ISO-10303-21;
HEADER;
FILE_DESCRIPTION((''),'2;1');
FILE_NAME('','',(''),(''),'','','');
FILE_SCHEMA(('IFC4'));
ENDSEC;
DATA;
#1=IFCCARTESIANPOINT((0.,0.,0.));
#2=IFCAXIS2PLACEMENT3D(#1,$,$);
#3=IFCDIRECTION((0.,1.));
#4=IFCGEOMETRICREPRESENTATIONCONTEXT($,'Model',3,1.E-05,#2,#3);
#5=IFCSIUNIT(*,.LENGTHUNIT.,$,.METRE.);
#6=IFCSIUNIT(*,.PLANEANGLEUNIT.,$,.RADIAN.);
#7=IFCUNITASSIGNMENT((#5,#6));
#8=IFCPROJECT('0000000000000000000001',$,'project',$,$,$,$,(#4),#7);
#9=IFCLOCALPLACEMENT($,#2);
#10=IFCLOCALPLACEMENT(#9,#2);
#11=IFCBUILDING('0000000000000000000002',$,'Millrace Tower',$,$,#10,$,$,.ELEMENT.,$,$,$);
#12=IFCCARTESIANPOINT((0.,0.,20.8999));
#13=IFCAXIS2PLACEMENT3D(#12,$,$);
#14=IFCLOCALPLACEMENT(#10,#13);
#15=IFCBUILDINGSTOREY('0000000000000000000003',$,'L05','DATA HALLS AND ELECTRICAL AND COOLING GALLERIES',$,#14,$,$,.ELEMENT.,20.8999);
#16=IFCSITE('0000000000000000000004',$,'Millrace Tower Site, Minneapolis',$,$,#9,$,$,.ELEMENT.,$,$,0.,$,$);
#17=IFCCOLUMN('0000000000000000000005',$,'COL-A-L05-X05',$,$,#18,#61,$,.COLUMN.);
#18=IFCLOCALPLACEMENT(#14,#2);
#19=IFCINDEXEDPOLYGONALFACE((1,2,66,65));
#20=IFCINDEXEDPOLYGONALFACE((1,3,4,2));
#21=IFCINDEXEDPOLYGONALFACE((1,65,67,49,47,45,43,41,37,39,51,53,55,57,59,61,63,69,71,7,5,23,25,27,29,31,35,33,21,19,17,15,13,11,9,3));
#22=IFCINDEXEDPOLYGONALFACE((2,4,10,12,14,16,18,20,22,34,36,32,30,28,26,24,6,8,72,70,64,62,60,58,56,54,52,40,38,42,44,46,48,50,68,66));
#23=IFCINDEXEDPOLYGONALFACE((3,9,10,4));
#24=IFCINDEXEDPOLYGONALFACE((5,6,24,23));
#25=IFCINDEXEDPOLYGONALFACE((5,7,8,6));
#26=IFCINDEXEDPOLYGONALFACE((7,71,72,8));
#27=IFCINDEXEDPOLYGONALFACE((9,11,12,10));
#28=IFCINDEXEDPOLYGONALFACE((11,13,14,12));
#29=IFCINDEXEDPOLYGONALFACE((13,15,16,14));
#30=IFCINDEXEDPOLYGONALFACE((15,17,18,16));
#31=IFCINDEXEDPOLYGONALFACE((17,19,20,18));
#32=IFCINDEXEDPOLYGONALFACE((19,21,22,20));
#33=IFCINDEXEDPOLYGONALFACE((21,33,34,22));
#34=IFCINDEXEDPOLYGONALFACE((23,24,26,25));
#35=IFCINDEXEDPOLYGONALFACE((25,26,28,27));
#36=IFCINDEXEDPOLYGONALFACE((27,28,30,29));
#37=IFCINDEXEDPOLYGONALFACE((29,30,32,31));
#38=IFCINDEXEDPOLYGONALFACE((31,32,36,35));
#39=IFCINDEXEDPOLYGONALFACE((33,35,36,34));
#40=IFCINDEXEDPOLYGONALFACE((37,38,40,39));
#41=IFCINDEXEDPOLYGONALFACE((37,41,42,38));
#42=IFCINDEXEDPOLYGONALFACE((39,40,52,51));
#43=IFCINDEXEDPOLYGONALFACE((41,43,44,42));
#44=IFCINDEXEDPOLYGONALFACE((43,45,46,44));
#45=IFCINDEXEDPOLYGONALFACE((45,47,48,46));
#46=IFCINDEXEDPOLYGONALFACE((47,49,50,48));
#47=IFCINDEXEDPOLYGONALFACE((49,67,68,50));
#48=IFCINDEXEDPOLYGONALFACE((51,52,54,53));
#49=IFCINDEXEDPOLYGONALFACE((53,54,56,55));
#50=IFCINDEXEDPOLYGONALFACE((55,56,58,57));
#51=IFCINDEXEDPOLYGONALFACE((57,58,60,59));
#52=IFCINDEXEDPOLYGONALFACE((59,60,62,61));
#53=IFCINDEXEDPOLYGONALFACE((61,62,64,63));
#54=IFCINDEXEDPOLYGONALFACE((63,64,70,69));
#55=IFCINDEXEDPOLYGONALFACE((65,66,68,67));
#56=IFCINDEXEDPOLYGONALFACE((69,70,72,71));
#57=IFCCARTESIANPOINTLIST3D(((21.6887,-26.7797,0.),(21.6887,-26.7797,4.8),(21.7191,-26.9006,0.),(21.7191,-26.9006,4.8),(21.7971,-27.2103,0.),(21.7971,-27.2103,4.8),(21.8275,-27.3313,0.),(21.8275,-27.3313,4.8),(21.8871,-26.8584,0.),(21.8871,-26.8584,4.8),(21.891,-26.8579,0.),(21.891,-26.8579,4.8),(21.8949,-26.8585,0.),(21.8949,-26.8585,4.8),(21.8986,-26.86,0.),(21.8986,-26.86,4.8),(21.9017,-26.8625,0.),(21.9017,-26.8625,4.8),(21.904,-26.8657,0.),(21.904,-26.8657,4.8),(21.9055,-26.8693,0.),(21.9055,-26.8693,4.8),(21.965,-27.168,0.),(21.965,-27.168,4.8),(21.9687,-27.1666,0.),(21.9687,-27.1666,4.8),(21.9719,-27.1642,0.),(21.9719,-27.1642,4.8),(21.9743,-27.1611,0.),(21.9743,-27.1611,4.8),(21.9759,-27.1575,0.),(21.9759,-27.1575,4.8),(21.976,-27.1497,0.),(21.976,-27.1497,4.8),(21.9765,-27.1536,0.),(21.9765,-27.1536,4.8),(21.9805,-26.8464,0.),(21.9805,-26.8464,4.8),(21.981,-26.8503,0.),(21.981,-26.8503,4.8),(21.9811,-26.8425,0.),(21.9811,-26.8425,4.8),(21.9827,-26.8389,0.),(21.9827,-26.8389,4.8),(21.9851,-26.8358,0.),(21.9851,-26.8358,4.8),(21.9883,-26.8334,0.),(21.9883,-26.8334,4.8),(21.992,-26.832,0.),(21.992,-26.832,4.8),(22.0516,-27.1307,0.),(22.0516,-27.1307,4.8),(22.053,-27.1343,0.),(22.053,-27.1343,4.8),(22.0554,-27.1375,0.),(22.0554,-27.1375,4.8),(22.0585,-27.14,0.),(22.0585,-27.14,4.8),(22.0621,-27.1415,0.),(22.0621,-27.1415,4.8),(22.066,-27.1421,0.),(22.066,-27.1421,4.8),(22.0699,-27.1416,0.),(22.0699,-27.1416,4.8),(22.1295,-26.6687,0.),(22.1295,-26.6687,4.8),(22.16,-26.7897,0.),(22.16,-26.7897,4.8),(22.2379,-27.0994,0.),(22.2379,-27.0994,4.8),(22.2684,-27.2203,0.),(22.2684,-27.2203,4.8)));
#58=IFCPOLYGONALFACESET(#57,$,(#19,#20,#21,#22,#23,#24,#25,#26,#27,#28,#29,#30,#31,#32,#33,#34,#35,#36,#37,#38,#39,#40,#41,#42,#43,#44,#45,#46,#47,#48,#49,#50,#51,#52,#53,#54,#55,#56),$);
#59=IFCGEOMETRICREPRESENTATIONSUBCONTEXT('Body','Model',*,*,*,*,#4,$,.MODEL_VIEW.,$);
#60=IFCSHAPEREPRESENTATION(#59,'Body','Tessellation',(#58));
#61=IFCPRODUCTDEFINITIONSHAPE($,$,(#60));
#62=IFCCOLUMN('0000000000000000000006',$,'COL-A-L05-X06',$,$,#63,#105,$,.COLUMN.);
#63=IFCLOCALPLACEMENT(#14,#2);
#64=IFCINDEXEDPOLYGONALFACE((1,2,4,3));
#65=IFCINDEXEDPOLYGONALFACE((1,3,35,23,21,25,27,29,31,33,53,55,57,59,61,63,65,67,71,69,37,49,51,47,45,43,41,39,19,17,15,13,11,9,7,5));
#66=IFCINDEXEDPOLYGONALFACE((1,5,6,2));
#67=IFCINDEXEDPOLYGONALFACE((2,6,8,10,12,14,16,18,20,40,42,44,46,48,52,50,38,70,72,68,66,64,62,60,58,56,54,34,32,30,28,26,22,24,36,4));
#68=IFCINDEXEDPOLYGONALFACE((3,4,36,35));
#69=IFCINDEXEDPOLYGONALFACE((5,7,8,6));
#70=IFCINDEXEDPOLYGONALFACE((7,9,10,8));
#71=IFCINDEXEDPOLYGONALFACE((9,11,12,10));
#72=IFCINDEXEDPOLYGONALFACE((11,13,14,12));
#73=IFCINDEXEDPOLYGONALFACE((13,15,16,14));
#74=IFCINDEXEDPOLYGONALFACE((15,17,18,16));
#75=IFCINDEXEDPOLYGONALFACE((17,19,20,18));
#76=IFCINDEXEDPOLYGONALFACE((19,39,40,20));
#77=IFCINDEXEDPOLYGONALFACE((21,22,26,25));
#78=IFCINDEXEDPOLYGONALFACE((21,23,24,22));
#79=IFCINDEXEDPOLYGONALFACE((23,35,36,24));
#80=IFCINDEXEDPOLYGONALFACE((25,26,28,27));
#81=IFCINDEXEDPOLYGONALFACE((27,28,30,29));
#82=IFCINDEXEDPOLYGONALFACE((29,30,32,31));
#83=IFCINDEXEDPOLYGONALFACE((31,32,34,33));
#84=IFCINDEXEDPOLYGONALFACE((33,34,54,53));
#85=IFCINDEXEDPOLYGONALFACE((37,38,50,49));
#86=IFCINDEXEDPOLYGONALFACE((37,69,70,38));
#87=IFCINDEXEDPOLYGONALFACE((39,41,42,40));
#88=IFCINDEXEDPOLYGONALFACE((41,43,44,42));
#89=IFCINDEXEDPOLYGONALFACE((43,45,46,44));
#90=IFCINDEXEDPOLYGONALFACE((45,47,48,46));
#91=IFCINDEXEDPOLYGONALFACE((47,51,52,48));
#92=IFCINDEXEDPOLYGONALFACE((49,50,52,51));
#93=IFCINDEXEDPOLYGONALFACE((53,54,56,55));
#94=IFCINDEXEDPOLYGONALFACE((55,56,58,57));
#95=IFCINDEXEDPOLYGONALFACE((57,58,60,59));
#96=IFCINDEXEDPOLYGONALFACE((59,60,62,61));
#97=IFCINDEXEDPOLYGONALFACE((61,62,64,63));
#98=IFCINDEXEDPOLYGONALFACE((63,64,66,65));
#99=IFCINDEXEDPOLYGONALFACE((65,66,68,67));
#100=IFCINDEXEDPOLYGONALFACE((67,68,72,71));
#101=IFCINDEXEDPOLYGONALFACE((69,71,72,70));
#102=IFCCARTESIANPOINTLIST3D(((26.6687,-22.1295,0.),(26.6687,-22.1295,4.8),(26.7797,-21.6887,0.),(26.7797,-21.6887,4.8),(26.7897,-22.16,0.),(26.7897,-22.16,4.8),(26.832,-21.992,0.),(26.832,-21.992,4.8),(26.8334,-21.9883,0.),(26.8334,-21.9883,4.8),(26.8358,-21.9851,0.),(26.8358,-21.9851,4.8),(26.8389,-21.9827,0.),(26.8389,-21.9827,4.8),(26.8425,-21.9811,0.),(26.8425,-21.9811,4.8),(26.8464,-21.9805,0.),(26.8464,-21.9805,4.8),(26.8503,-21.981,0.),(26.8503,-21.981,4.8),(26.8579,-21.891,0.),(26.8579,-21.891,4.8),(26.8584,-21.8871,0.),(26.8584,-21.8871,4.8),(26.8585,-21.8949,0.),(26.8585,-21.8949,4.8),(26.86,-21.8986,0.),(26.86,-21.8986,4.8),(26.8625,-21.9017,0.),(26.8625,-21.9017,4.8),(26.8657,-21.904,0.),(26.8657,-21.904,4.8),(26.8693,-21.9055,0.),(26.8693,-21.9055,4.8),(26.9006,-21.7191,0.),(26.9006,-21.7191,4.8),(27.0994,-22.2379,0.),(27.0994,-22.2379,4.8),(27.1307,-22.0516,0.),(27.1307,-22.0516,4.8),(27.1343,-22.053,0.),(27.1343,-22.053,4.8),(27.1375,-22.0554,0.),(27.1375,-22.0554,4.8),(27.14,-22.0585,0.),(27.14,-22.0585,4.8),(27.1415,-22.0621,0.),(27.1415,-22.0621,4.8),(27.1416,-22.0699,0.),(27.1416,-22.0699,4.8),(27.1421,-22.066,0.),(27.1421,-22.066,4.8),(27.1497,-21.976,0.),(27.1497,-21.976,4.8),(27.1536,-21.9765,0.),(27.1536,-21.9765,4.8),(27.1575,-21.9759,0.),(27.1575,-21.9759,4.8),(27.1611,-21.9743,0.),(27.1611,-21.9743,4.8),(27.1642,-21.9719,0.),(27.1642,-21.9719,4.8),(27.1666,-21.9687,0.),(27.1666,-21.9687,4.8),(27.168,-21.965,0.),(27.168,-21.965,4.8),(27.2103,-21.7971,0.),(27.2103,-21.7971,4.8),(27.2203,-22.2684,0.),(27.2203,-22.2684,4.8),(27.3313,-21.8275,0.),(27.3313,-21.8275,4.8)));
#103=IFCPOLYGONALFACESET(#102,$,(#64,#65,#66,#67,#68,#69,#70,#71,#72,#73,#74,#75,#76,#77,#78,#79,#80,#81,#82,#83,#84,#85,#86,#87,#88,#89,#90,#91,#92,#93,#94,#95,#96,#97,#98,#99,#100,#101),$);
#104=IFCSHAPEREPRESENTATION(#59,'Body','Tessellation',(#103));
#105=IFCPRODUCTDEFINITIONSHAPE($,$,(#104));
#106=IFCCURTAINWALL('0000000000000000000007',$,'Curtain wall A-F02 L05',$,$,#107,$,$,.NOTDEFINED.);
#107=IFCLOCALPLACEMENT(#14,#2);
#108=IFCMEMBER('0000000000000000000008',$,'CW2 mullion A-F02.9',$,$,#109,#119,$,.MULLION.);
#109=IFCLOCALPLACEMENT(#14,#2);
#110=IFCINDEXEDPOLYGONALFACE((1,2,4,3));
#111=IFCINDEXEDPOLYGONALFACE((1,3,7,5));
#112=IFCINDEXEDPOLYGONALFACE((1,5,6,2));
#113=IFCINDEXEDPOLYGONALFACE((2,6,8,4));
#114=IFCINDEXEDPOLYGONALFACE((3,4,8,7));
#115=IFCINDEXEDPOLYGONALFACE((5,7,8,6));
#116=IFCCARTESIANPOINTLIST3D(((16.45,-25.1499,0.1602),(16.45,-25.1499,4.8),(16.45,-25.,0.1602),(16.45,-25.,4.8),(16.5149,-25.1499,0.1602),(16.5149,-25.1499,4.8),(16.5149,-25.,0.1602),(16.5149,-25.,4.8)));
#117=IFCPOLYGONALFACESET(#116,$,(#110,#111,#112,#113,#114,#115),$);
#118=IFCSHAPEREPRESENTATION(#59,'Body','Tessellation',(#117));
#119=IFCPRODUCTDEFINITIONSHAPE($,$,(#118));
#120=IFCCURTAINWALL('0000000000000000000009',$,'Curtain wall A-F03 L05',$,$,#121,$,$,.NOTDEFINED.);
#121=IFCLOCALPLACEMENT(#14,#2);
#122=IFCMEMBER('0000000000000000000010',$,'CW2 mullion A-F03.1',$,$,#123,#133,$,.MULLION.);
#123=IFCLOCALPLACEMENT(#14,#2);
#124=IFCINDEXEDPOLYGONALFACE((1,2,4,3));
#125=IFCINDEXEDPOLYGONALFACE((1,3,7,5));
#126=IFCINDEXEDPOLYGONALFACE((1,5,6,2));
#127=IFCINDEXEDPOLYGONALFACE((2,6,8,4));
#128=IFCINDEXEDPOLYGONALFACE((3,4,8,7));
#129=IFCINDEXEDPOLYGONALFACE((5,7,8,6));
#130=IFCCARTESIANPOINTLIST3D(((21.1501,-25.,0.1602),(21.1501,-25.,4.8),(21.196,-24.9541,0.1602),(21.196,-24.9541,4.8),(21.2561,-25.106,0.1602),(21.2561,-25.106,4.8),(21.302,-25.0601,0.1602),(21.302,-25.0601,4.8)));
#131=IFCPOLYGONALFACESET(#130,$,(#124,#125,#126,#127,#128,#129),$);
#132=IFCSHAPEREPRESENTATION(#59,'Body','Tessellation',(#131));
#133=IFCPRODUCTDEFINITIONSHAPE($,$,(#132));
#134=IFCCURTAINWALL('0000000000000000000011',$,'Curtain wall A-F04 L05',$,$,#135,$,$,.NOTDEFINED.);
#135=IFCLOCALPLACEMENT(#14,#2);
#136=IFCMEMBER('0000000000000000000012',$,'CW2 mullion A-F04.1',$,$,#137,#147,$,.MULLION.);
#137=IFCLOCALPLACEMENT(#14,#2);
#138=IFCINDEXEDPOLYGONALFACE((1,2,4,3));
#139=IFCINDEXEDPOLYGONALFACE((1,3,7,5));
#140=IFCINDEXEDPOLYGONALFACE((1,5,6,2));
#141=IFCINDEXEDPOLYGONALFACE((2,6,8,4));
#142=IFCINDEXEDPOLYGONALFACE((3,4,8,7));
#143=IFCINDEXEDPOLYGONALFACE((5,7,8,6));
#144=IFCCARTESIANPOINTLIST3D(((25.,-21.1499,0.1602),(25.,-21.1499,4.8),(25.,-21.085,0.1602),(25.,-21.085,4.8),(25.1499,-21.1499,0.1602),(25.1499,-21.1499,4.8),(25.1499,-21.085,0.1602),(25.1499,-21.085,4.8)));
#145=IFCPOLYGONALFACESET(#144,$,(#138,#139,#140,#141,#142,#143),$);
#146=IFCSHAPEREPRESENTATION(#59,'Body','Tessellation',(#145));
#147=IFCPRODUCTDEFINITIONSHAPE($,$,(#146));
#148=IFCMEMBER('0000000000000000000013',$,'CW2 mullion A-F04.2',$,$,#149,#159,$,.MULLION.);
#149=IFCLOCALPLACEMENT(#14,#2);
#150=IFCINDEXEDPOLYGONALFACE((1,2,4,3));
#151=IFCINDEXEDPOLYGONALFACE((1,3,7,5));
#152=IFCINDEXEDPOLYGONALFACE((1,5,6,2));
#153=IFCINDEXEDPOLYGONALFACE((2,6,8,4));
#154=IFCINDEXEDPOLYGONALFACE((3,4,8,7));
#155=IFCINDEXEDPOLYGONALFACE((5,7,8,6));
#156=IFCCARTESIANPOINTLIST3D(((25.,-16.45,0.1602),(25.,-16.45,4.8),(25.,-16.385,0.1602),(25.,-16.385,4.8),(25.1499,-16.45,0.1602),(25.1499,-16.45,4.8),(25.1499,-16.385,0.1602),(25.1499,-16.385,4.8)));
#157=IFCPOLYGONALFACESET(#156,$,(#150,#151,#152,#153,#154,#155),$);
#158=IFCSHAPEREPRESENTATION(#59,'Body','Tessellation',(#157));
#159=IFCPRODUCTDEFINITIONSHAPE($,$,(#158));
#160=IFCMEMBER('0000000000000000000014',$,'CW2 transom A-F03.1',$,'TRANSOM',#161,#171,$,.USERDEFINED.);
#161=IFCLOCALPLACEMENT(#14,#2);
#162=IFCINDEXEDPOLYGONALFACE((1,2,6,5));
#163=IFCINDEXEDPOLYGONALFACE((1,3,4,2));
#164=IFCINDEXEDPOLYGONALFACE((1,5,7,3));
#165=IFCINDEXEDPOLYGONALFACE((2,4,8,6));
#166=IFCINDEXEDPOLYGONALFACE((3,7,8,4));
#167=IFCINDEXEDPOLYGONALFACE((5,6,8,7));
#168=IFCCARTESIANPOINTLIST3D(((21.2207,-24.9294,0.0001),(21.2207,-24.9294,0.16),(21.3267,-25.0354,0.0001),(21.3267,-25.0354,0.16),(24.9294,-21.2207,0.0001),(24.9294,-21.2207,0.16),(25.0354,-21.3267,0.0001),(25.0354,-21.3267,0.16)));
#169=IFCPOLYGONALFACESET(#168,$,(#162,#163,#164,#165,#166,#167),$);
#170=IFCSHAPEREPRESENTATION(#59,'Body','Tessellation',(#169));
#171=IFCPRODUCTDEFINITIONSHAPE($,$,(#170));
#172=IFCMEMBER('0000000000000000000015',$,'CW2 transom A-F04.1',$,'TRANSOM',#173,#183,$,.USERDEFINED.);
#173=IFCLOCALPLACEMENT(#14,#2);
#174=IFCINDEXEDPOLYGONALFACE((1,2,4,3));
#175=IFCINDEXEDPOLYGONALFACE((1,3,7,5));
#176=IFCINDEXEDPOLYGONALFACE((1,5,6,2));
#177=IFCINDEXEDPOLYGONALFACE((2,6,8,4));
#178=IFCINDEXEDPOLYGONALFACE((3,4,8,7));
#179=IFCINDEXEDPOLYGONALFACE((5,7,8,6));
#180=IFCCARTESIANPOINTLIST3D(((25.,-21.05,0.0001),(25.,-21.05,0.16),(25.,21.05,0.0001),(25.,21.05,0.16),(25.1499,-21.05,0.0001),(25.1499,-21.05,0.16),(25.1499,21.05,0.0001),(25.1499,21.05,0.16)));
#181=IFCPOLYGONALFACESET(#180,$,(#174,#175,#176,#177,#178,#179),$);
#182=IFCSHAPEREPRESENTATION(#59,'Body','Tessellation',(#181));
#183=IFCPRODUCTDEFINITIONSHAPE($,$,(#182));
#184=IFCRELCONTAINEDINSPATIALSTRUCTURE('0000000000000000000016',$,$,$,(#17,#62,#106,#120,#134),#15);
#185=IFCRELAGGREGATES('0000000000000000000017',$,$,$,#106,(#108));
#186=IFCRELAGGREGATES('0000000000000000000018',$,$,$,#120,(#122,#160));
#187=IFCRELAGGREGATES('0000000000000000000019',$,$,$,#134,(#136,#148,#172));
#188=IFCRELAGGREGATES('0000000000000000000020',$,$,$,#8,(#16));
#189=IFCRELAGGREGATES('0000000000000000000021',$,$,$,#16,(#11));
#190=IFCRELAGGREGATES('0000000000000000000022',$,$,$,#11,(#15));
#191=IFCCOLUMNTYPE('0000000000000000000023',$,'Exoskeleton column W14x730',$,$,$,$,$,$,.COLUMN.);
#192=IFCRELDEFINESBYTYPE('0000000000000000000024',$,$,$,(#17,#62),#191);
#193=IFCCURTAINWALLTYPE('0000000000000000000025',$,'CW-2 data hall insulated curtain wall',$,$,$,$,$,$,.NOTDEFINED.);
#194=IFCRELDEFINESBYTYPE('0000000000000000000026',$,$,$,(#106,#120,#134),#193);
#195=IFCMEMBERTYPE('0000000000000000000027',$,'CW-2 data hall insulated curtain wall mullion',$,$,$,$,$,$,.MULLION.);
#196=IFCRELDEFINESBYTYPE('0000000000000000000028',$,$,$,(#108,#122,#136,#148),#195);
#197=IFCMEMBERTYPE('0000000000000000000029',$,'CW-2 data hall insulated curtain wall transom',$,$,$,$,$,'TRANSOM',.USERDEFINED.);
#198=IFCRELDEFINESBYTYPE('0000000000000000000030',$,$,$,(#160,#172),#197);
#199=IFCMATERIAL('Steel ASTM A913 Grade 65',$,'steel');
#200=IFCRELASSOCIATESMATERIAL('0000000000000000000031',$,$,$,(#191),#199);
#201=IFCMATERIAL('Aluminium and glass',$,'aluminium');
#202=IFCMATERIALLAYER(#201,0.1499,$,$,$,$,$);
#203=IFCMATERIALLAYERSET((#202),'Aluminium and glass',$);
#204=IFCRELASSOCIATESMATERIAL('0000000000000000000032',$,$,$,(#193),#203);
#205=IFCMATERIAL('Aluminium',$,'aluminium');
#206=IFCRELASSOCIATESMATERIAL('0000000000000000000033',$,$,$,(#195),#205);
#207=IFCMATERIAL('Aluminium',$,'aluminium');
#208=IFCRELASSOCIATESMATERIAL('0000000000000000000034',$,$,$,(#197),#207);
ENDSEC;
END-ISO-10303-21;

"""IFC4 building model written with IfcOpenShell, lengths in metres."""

from ifc_helpers import new_model, si_unit, direction, frame, origin, origin_2d, place, context, subcontext, project, spatial, rectangle, i_section, extrude, material, layer, layer_set, material_profile, profile_set, type_object, element, aggregate, save


model = new_model("IFC4")

# Units and contexts
model_context = context("Model", 3, precision=1e-05, world=origin(), true_north=direction((0.0, 1.0)))
body_context = subcontext(model_context, "Body", "Model", "MODEL_VIEW")
ifc_project = project(units=[si_unit("LENGTHUNIT", "METRE"), si_unit("PLANEANGLEUNIT", "RADIAN")], contexts=[model_context])

# Site, building, storey
site_placement = place(None, origin())
site = spatial("IfcSite", under=ifc_project, at=site_placement, Name="Millrace Tower Site, Minneapolis", CompositionType="ELEMENT", RefElevation=0.0)
building_placement = place(site_placement, origin())
building = spatial("IfcBuilding", under=site, at=building_placement, Name="Millrace Tower", CompositionType="ELEMENT")
storey_placement = place(building_placement, frame((0.0, 0.0, 20.8999)))
storey = spatial("IfcBuildingStorey", under=building, at=storey_placement, Name="L05", Description="DATA HALLS AND ELECTRICAL AND COOLING GALLERIES", CompositionType="ELEMENT", Elevation=20.8999)

# Columns
ifc_material_1 = material(Name="Steel ASTM A913 Grade 65", Category="steel")
ifc_material_profile_1 = material_profile(ifc_material_1, i_section(OverallWidth=0.4546, OverallDepth=0.5688, WebThickness=0.0779, FlangeThickness=0.1248, FilletRadius=0.0151, at=origin_2d()))
ifc_profile_set_1 = profile_set([ifc_material_profile_1], Name="Steel ASTM A913 Grade 65")
column_type = type_object("IfcColumnType", Name="Exoskeleton column W14x730", PredefinedType="COLUMN", material=ifc_profile_set_1)
for number, where, z_axis, x_axis, name in (
    (1, (21.9785, -27.0, 0.0), (0.0, 0.0, 1.0), (0.969752, 0.244094, 0.0), "COL-A-L05-X05"),
    (2, (27.0, -21.9785, 0.0), (0.0, 0.0, 1.0), (0.244094, 0.969752, 0.0), "COL-A-L05-X06"),
):
    element("IfcColumn", number, at=place(storey_placement, frame(where, z_axis=z_axis, x_axis=x_axis)), inside=storey, type_object=column_type, Name=name, PredefinedType="COLUMN", context=body_context, shape_type="SweptSolid", body=[
        extrude(i_section(OverallWidth=0.4546, OverallDepth=0.5688, WebThickness=0.0779, FlangeThickness=0.1248, FilletRadius=0.0151, at=origin_2d()), origin(), (0.0, 0.0, 1.0), 4.8),
    ])

# Curtain walls, members
ifc_material_2 = material(Name="Aluminium and glass", Category="aluminium")
ifc_layer_1 = layer(ifc_material_2, 0.1499)
ifc_layer_set_1 = layer_set([ifc_layer_1], Name="Aluminium and glass")
curtain_wall_type = type_object("IfcCurtainWallType", Name="CW-2 data hall insulated curtain wall", PredefinedType="NOTDEFINED", material=ifc_layer_set_1)
placement = place(storey_placement, origin())
curtain_wall_1 = element("IfcCurtainWall", 3, at=placement, inside=storey, type_object=curtain_wall_type, Name="Curtain wall A-F02 L05", PredefinedType="NOTDEFINED")
ifc_material_3 = material(Name="Aluminium", Category="aluminium")
ifc_material_profile_2 = material_profile(ifc_material_3, rectangle(XDim=0.0649, YDim=0.1499, at=origin_2d()))
ifc_profile_set_2 = profile_set([ifc_material_profile_2], Name="Aluminium")
member_type_1 = type_object("IfcMemberType", Name="CW-2 data hall insulated curtain wall mullion", PredefinedType="MULLION", material=ifc_profile_set_2)
member_1_placement = place(storey_placement, frame((16.4824, -25.075, 0.1602), z_axis=(0.0, 0.0, 1.0), x_axis=(1.0, 0.0, 0.0)))
member_1 = element("IfcMember", 4, at=member_1_placement, type_object=member_type_1, Name="CW2 mullion A-F02.9", PredefinedType="MULLION", context=body_context, shape_type="SweptSolid", body=[
    extrude(rectangle(XDim=0.0649, YDim=0.1499, at=origin_2d()), origin(), (0.0, 0.0, 1.0), 4.6399),
])
aggregate(curtain_wall_1, [member_1])
curtain_wall_2 = element("IfcCurtainWall", 5, at=placement, inside=storey, type_object=curtain_wall_type, Name="Curtain wall A-F03 L05", PredefinedType="NOTDEFINED")
member_2_placement = place(storey_placement, frame((21.2261, -25.03, 0.1602), z_axis=(0.0, 0.0, 1.0), x_axis=(0.707107, 0.707107, 0.0)))
member_2 = element("IfcMember", 6, at=member_2_placement, type_object=member_type_1, Name="CW2 mullion A-F03.1", PredefinedType="MULLION", context=body_context, shape_type="SweptSolid", body=[
    extrude(rectangle(XDim=0.0649, YDim=0.1499, at=origin_2d()), origin(), (0.0, 0.0, 1.0), 4.6399),
])

# Curtain wall, members
curtain_wall_3 = element("IfcCurtainWall", 7, at=placement, inside=storey, type_object=curtain_wall_type, Name="Curtain wall A-F04 L05", PredefinedType="NOTDEFINED")
member_3_placement = place(storey_placement, frame((25.075, -21.1174, 0.1602), z_axis=(0.0, 0.0, 1.0), x_axis=(0.0, 1.0, 0.0)))
member_3 = element("IfcMember", 8, at=member_3_placement, type_object=member_type_1, Name="CW2 mullion A-F04.1", PredefinedType="MULLION", context=body_context, shape_type="SweptSolid", body=[
    extrude(rectangle(XDim=0.0649, YDim=0.1499, at=origin_2d()), origin(), (0.0, 0.0, 1.0), 4.6399),
])
member_4_placement = place(storey_placement, frame((25.075, -16.4175, 0.1602), z_axis=(0.0, 0.0, 1.0), x_axis=(0.0, 1.0, 0.0)))
member_4 = element("IfcMember", 9, at=member_4_placement, type_object=member_type_1, Name="CW2 mullion A-F04.2", PredefinedType="MULLION", context=body_context, shape_type="SweptSolid", body=[
    extrude(rectangle(XDim=0.0649, YDim=0.1499, at=origin_2d()), origin(), (0.0, 0.0, 1.0), 4.6399),
])

# Members
ifc_material_4 = material(Name="Aluminium", Category="aluminium")
ifc_material_profile_3 = material_profile(ifc_material_4, rectangle(XDim=0.1499, YDim=0.1599, at=origin_2d()))
ifc_profile_set_3 = profile_set([ifc_material_profile_3], Name="Aluminium")
member_type_2 = type_object("IfcMemberType", Name="CW-2 data hall insulated curtain wall transom", ElementType="TRANSOM", PredefinedType="USERDEFINED", material=ifc_profile_set_3)
member_5_placement = place(storey_placement, frame((21.2737, -24.9824, 0.0801), z_axis=(0.707107, 0.707107, 0.0), x_axis=(-0.707107, 0.707107, 0.0)))
member_5 = element("IfcMember", 10, at=member_5_placement, type_object=member_type_2, Name="CW2 transom A-F03.1", ObjectType="TRANSOM", PredefinedType="USERDEFINED", context=body_context, shape_type="SweptSolid", body=[
    extrude(rectangle(XDim=0.1499, YDim=0.1599, at=origin_2d()), origin(), (0.0, 0.0, 1.0), 5.2449),
])
aggregate(curtain_wall_2, [member_2, member_5])
member_6_placement = place(storey_placement, frame((25.075, -21.05, 0.0801), z_axis=(0.0, 1.0, 0.0), x_axis=(-1.0, 0.0, 0.0)))
member_6 = element("IfcMember", 11, at=member_6_placement, type_object=member_type_2, Name="CW2 transom A-F04.1", ObjectType="TRANSOM", PredefinedType="USERDEFINED", context=body_context, shape_type="SweptSolid", body=[
    extrude(rectangle(XDim=0.1499, YDim=0.1599, at=origin_2d()), origin(), (0.0, 0.0, 1.0), 42.1001),
])
aggregate(curtain_wall_3, [member_3, member_4, member_6])

save(model, "model.ifc")
